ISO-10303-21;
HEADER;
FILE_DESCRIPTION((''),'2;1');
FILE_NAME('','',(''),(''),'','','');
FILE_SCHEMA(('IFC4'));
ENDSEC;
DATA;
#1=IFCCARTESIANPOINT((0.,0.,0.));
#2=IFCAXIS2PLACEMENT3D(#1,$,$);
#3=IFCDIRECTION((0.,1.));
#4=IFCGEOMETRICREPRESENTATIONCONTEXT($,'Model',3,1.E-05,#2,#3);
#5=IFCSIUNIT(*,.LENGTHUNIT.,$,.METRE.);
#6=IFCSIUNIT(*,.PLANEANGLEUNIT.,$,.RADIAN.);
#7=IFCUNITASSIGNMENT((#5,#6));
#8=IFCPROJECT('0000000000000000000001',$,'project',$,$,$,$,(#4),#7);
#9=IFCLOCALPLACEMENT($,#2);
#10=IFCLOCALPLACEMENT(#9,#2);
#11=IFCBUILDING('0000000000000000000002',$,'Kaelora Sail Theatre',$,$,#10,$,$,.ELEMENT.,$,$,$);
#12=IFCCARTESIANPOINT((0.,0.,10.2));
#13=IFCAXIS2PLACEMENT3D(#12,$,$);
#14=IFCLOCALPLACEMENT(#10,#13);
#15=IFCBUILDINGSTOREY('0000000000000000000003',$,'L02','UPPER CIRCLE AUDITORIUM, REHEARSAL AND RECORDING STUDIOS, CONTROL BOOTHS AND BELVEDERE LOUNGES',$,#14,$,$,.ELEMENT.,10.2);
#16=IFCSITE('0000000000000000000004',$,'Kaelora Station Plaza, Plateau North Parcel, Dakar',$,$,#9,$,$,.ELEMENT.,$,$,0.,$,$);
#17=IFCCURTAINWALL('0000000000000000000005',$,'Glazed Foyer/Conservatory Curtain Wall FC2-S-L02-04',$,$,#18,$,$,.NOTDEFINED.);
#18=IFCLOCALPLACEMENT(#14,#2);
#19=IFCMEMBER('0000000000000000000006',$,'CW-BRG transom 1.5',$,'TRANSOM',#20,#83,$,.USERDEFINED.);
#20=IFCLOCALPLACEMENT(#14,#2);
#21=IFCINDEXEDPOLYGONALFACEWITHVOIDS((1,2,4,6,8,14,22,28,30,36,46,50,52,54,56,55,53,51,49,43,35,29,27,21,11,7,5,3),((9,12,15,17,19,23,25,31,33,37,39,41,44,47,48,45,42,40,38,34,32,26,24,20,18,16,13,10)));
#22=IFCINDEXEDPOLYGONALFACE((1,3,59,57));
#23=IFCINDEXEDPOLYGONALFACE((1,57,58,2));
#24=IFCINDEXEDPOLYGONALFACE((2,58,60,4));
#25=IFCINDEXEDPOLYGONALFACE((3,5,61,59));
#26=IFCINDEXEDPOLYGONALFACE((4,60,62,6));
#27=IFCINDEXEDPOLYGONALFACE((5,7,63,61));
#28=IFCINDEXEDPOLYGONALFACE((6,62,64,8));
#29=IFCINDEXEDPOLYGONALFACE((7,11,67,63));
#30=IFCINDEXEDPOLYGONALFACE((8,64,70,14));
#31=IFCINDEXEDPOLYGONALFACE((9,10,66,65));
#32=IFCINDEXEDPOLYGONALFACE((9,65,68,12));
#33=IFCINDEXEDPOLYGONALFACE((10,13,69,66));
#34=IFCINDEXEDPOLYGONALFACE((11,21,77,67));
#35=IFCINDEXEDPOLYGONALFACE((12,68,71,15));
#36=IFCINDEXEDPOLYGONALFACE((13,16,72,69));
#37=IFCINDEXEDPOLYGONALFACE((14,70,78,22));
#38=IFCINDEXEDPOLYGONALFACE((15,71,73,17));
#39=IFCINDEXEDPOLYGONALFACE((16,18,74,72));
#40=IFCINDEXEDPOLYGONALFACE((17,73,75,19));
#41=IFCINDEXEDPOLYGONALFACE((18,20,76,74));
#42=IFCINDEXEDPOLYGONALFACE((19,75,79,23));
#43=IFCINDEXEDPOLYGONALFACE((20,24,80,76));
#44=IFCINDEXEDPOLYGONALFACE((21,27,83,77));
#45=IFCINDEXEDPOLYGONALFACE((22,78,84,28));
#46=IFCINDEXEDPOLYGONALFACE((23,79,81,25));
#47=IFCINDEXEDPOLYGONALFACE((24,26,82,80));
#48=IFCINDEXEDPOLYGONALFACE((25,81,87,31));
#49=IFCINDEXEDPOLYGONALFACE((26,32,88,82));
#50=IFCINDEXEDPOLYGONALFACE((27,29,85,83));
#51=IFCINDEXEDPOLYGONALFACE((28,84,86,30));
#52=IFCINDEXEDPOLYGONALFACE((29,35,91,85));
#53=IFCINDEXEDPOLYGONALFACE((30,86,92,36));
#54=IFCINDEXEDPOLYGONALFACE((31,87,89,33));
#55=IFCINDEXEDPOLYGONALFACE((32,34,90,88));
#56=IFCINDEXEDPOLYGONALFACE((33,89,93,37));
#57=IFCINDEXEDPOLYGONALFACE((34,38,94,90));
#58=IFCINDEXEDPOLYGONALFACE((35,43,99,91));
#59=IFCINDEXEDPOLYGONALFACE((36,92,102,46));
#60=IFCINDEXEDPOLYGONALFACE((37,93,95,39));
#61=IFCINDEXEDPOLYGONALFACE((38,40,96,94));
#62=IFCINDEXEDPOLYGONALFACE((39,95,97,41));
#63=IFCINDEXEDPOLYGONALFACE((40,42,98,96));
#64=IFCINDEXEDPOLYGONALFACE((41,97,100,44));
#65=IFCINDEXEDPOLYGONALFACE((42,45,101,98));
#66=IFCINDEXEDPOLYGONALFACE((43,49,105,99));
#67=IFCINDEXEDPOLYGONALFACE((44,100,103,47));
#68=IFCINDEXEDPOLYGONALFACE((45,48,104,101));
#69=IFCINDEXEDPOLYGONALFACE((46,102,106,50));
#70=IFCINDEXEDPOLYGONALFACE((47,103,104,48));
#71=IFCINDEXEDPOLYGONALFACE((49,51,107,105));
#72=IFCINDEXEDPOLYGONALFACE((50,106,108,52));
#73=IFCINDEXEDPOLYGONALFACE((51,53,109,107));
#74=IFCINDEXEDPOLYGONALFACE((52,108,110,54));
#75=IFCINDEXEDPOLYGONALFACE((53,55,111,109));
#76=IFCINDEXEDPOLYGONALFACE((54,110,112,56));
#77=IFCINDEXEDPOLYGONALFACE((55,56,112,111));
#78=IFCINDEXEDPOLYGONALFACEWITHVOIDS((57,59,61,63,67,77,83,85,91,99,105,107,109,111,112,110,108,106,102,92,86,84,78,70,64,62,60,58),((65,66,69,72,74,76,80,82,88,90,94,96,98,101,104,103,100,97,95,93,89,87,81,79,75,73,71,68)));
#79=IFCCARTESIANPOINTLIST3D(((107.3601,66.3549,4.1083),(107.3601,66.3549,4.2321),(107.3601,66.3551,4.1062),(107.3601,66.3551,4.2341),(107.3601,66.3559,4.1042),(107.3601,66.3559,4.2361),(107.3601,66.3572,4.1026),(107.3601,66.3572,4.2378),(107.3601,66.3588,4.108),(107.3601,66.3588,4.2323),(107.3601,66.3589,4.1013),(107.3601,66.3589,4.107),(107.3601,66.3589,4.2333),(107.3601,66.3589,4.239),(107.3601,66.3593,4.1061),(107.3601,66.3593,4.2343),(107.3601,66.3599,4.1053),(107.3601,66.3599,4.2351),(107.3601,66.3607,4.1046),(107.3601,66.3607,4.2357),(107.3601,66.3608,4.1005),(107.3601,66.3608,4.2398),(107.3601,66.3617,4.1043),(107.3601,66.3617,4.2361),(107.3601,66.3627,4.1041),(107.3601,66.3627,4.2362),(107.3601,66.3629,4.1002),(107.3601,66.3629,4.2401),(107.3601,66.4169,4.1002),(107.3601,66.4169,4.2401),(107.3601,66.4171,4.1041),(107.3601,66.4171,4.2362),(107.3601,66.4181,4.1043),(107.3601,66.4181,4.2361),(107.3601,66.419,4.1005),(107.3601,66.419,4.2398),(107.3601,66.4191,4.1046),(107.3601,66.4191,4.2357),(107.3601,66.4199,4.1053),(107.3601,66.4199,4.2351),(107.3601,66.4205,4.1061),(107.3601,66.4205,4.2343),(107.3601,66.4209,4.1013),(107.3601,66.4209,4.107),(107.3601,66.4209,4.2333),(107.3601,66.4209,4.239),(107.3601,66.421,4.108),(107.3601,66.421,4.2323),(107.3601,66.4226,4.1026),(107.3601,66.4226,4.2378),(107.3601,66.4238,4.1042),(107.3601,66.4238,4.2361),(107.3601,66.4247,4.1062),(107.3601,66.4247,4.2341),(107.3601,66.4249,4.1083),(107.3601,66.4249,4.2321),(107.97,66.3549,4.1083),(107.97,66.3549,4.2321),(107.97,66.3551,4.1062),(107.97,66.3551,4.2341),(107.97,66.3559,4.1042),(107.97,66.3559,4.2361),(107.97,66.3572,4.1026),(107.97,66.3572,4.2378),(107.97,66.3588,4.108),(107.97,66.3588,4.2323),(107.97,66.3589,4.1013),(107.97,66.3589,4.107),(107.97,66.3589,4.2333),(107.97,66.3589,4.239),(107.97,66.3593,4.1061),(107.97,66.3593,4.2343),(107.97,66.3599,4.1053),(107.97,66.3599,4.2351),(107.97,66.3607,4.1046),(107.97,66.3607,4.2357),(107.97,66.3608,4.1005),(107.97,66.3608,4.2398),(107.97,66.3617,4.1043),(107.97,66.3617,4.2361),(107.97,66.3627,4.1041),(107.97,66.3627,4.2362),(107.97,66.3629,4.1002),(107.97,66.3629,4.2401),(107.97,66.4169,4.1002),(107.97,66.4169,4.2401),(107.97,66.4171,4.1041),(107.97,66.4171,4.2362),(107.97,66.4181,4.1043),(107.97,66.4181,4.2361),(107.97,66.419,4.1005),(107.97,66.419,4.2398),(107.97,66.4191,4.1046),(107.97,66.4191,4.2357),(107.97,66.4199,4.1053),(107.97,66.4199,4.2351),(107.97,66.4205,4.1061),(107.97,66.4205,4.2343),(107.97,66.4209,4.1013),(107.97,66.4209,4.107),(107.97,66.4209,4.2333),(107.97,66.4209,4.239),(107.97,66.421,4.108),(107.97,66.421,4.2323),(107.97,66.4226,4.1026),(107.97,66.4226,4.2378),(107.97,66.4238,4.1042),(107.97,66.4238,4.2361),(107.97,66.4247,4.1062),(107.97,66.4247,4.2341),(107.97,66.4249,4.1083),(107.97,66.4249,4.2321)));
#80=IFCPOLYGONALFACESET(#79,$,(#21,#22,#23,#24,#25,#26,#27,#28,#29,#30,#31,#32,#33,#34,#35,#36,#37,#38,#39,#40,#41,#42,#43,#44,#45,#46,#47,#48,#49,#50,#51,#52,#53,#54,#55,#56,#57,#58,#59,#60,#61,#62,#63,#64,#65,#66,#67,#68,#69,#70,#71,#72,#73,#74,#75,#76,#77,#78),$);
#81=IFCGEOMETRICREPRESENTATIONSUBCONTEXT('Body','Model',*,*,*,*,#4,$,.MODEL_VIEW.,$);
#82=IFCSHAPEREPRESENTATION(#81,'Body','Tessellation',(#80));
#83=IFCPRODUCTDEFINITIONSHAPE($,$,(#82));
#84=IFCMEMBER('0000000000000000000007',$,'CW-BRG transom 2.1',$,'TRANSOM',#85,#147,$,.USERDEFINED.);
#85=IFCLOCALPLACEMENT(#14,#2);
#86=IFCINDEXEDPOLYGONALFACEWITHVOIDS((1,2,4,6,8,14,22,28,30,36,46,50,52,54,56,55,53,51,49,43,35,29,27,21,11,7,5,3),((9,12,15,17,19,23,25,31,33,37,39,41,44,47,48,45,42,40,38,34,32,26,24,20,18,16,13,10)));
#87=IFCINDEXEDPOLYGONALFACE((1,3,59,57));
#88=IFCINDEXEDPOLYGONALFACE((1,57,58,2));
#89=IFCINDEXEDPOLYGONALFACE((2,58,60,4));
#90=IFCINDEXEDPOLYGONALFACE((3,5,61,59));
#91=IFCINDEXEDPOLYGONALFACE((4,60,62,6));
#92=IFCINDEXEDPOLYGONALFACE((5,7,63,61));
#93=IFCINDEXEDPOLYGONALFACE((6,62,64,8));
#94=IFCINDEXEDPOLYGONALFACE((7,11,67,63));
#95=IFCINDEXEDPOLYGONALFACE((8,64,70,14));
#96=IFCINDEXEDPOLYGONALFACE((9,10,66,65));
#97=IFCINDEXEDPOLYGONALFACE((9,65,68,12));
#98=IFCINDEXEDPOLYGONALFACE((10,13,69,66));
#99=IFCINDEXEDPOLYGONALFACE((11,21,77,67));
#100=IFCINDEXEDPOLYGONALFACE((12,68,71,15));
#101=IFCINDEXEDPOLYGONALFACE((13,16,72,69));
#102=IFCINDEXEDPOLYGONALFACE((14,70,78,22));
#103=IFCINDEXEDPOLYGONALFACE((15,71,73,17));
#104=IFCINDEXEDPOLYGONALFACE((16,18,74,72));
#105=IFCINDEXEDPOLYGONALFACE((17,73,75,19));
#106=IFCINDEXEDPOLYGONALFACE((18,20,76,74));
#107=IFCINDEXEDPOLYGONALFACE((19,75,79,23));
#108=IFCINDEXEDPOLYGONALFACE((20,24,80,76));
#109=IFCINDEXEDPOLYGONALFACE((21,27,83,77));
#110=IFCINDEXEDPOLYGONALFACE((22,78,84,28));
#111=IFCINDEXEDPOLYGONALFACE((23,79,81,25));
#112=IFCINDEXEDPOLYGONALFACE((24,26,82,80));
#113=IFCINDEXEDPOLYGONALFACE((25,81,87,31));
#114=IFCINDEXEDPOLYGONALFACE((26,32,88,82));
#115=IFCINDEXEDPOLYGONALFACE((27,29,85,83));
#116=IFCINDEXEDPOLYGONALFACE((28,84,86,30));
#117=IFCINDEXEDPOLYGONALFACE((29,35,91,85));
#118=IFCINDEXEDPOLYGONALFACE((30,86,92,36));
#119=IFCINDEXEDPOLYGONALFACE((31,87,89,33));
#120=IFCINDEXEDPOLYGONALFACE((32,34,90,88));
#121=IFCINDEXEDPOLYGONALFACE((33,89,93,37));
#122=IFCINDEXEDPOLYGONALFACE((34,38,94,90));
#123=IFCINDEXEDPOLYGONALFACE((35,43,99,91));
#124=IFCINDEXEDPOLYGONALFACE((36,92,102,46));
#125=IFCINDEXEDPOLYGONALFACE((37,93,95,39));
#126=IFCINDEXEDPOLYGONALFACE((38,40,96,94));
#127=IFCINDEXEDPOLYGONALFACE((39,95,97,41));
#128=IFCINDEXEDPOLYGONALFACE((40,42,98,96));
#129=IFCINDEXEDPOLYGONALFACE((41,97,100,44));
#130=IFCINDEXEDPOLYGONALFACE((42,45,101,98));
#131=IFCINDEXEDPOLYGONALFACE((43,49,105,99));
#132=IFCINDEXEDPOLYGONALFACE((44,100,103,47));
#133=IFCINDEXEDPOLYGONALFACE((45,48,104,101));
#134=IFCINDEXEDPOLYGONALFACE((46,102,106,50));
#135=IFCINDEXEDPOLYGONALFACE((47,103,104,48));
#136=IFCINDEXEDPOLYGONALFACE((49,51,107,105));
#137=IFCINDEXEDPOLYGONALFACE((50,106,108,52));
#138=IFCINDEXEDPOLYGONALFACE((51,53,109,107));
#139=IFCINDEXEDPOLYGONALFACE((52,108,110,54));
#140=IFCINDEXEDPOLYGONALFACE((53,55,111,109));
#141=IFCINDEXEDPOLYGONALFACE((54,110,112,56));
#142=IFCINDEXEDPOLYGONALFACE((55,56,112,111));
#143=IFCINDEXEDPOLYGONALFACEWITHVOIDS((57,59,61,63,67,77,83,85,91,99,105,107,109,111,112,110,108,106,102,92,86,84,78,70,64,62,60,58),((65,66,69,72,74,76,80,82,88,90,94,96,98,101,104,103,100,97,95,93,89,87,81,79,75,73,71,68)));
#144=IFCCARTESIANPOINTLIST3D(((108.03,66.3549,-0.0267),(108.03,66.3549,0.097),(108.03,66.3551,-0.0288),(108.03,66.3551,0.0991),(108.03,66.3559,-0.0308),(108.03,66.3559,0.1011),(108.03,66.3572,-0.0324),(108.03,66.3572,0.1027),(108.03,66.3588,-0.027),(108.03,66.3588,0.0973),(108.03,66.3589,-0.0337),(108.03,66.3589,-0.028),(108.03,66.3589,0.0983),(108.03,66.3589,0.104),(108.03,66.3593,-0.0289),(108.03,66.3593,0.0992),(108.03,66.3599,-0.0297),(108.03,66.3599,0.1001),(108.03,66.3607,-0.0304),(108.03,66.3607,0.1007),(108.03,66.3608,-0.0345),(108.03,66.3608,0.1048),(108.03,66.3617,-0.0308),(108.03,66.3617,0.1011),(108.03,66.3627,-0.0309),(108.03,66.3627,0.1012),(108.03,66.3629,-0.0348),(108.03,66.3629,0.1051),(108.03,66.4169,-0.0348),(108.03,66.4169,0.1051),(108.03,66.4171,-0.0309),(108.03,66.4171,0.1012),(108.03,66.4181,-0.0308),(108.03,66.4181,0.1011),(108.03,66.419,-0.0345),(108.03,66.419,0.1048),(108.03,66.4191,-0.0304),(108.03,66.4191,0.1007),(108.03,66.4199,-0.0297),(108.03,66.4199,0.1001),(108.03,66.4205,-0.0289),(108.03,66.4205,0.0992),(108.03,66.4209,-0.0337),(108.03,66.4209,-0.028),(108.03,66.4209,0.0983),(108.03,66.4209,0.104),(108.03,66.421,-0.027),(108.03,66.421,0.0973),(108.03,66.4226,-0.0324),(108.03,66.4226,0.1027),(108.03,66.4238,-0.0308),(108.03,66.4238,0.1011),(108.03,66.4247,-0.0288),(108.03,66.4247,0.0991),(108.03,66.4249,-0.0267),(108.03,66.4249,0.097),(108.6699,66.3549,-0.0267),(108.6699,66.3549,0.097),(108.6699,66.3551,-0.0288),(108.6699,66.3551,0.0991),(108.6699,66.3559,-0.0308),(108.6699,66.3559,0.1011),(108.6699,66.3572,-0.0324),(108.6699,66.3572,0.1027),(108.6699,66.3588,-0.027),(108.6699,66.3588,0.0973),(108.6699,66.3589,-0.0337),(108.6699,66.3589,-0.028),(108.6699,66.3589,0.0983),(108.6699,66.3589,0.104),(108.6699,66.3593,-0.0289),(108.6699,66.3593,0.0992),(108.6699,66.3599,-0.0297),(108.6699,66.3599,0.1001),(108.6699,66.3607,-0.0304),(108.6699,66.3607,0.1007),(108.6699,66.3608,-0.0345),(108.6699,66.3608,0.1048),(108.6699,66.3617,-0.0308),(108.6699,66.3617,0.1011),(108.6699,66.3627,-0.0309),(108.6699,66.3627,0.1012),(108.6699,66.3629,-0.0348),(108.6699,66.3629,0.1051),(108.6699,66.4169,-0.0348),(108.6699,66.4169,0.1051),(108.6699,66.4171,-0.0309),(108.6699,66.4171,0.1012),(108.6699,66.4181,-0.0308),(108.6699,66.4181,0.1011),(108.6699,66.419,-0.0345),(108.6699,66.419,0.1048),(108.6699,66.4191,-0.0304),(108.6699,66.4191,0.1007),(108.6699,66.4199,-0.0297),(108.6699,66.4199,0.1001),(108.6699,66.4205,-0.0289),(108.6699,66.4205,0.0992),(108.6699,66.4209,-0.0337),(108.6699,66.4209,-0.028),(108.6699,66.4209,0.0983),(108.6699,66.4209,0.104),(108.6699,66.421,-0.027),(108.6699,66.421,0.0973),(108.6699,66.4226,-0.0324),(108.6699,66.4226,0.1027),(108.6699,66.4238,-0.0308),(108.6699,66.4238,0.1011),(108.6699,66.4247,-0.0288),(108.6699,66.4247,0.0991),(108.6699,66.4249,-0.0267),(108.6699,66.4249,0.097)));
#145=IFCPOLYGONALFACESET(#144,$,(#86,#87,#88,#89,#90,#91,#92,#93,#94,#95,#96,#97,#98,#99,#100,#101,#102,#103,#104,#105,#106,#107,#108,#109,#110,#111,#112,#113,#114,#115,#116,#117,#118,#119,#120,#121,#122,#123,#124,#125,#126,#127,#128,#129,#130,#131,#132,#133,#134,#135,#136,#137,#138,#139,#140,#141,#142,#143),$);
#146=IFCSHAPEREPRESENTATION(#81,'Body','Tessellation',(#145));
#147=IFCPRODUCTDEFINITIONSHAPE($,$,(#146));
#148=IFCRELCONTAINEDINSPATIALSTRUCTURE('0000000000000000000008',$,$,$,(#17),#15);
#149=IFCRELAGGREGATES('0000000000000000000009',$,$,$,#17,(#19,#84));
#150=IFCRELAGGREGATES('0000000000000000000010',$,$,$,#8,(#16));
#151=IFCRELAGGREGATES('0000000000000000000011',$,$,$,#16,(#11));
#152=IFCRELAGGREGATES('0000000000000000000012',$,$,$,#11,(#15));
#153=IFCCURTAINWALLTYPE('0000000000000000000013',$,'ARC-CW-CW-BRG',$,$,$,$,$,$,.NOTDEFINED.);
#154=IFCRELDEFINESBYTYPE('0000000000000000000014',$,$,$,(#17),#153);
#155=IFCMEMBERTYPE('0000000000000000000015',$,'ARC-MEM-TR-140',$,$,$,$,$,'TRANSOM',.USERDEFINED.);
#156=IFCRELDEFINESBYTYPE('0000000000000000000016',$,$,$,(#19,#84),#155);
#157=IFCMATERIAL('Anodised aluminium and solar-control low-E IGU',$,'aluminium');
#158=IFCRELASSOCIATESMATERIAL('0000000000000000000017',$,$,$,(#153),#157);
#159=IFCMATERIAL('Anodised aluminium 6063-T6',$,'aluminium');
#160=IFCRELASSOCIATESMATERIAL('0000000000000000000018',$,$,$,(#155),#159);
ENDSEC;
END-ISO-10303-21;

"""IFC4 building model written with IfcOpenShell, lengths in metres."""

from ifc_helpers import new_model, si_unit, direction, frame, origin, origin_2d, place, context, subcontext, project, spatial, hollow_rectangle, extrude, material, material_profile, profile_set, type_object, element, aggregate, save


model = new_model("IFC4")

# Units and contexts
model_context = context("Model", 3, precision=1e-05, world=origin(), true_north=direction((0.0, 1.0)))
body_context = subcontext(model_context, "Body", "Model", "MODEL_VIEW")
ifc_project = project(units=[si_unit("LENGTHUNIT", "METRE"), si_unit("PLANEANGLEUNIT", "RADIAN")], contexts=[model_context])

# Site, building, storey
site_placement = place(None, origin())
site = spatial("IfcSite", under=ifc_project, at=site_placement, Name="Kaelora Station Plaza, Plateau North Parcel, Dakar", CompositionType="ELEMENT", RefElevation=0.0)
building_placement = place(site_placement, origin())
building = spatial("IfcBuilding", under=site, at=building_placement, Name="Kaelora Sail Theatre", CompositionType="ELEMENT")
storey_placement = place(building_placement, frame((0.0, 0.0, 10.2)))
storey = spatial("IfcBuildingStorey", under=building, at=storey_placement, Name="L02", Description="UPPER CIRCLE AUDITORIUM, REHEARSAL AND RECORDING STUDIOS, CONTROL BOOTHS AND BELVEDERE LOUNGES", CompositionType="ELEMENT", Elevation=10.2)

# Shared definitions
ifc_material_1 = material(Name="Anodised aluminium and solar-control low-E IGU", Category="aluminium")
curtain_wall_type = type_object("IfcCurtainWallType", Name="ARC-CW-CW-BRG", PredefinedType="NOTDEFINED", material=ifc_material_1)

# Curtain wall, members
curtain_wall_1_placement = place(storey_placement, origin())
curtain_wall_1 = element("IfcCurtainWall", 1, at=curtain_wall_1_placement, inside=storey, type_object=curtain_wall_type, Name="Glazed Foyer/Conservatory Curtain Wall FC2-S-L02-04", PredefinedType="NOTDEFINED")
ifc_material_2 = material(Name="Anodised aluminium 6063-T6", Category="aluminium")
ifc_material_profile_1 = material_profile(ifc_material_2, hollow_rectangle(XDim=0.0701, YDim=0.1399, WallThickness=0.0039, InnerFilletRadius=0.0039, OuterFilletRadius=0.0081, at=origin_2d()), Name="ALU-TRAN 70x140x4")
ifc_profile_set_1 = profile_set([ifc_material_profile_1], Name="Anodised aluminium 6063-T6")
member_type_1 = type_object("IfcMemberType", Name="ARC-MEM-TR-140", ElementType="TRANSOM", PredefinedType="USERDEFINED", material=ifc_profile_set_1)
member_1_placement = place(storey_placement, frame((107.3601, 66.3899, 4.1702), z_axis=(1.0, 0.0, 0.0), x_axis=(0.0, 1.0, 0.0)))
member_1 = element("IfcMember", 2, at=member_1_placement, type_object=member_type_1, Name="CW-BRG transom 1.5", ObjectType="TRANSOM", PredefinedType="USERDEFINED", context=body_context, shape_type="SweptSolid", body=[
    extrude(hollow_rectangle(XDim=0.0701, YDim=0.1399, WallThickness=0.0039, InnerFilletRadius=0.0039, OuterFilletRadius=0.0081, at=origin_2d()), origin(), (0.0, 0.0, 1.0), 0.6099),
])
member_2_placement = place(storey_placement, frame((108.03, 66.3899, 0.0352), z_axis=(1.0, 0.0, 0.0), x_axis=(0.0, 1.0, 0.0)))
member_2 = element("IfcMember", 3, at=member_2_placement, type_object=member_type_1, Name="CW-BRG transom 2.1", ObjectType="TRANSOM", PredefinedType="USERDEFINED", context=body_context, shape_type="SweptSolid", body=[
    extrude(hollow_rectangle(XDim=0.0701, YDim=0.1399, WallThickness=0.0039, InnerFilletRadius=0.0039, OuterFilletRadius=0.0081, at=origin_2d()), origin(), (0.0, 0.0, 1.0), 0.6399),
])

aggregate(curtain_wall_1, [member_1, member_2])

save(model, "model.ifc")
